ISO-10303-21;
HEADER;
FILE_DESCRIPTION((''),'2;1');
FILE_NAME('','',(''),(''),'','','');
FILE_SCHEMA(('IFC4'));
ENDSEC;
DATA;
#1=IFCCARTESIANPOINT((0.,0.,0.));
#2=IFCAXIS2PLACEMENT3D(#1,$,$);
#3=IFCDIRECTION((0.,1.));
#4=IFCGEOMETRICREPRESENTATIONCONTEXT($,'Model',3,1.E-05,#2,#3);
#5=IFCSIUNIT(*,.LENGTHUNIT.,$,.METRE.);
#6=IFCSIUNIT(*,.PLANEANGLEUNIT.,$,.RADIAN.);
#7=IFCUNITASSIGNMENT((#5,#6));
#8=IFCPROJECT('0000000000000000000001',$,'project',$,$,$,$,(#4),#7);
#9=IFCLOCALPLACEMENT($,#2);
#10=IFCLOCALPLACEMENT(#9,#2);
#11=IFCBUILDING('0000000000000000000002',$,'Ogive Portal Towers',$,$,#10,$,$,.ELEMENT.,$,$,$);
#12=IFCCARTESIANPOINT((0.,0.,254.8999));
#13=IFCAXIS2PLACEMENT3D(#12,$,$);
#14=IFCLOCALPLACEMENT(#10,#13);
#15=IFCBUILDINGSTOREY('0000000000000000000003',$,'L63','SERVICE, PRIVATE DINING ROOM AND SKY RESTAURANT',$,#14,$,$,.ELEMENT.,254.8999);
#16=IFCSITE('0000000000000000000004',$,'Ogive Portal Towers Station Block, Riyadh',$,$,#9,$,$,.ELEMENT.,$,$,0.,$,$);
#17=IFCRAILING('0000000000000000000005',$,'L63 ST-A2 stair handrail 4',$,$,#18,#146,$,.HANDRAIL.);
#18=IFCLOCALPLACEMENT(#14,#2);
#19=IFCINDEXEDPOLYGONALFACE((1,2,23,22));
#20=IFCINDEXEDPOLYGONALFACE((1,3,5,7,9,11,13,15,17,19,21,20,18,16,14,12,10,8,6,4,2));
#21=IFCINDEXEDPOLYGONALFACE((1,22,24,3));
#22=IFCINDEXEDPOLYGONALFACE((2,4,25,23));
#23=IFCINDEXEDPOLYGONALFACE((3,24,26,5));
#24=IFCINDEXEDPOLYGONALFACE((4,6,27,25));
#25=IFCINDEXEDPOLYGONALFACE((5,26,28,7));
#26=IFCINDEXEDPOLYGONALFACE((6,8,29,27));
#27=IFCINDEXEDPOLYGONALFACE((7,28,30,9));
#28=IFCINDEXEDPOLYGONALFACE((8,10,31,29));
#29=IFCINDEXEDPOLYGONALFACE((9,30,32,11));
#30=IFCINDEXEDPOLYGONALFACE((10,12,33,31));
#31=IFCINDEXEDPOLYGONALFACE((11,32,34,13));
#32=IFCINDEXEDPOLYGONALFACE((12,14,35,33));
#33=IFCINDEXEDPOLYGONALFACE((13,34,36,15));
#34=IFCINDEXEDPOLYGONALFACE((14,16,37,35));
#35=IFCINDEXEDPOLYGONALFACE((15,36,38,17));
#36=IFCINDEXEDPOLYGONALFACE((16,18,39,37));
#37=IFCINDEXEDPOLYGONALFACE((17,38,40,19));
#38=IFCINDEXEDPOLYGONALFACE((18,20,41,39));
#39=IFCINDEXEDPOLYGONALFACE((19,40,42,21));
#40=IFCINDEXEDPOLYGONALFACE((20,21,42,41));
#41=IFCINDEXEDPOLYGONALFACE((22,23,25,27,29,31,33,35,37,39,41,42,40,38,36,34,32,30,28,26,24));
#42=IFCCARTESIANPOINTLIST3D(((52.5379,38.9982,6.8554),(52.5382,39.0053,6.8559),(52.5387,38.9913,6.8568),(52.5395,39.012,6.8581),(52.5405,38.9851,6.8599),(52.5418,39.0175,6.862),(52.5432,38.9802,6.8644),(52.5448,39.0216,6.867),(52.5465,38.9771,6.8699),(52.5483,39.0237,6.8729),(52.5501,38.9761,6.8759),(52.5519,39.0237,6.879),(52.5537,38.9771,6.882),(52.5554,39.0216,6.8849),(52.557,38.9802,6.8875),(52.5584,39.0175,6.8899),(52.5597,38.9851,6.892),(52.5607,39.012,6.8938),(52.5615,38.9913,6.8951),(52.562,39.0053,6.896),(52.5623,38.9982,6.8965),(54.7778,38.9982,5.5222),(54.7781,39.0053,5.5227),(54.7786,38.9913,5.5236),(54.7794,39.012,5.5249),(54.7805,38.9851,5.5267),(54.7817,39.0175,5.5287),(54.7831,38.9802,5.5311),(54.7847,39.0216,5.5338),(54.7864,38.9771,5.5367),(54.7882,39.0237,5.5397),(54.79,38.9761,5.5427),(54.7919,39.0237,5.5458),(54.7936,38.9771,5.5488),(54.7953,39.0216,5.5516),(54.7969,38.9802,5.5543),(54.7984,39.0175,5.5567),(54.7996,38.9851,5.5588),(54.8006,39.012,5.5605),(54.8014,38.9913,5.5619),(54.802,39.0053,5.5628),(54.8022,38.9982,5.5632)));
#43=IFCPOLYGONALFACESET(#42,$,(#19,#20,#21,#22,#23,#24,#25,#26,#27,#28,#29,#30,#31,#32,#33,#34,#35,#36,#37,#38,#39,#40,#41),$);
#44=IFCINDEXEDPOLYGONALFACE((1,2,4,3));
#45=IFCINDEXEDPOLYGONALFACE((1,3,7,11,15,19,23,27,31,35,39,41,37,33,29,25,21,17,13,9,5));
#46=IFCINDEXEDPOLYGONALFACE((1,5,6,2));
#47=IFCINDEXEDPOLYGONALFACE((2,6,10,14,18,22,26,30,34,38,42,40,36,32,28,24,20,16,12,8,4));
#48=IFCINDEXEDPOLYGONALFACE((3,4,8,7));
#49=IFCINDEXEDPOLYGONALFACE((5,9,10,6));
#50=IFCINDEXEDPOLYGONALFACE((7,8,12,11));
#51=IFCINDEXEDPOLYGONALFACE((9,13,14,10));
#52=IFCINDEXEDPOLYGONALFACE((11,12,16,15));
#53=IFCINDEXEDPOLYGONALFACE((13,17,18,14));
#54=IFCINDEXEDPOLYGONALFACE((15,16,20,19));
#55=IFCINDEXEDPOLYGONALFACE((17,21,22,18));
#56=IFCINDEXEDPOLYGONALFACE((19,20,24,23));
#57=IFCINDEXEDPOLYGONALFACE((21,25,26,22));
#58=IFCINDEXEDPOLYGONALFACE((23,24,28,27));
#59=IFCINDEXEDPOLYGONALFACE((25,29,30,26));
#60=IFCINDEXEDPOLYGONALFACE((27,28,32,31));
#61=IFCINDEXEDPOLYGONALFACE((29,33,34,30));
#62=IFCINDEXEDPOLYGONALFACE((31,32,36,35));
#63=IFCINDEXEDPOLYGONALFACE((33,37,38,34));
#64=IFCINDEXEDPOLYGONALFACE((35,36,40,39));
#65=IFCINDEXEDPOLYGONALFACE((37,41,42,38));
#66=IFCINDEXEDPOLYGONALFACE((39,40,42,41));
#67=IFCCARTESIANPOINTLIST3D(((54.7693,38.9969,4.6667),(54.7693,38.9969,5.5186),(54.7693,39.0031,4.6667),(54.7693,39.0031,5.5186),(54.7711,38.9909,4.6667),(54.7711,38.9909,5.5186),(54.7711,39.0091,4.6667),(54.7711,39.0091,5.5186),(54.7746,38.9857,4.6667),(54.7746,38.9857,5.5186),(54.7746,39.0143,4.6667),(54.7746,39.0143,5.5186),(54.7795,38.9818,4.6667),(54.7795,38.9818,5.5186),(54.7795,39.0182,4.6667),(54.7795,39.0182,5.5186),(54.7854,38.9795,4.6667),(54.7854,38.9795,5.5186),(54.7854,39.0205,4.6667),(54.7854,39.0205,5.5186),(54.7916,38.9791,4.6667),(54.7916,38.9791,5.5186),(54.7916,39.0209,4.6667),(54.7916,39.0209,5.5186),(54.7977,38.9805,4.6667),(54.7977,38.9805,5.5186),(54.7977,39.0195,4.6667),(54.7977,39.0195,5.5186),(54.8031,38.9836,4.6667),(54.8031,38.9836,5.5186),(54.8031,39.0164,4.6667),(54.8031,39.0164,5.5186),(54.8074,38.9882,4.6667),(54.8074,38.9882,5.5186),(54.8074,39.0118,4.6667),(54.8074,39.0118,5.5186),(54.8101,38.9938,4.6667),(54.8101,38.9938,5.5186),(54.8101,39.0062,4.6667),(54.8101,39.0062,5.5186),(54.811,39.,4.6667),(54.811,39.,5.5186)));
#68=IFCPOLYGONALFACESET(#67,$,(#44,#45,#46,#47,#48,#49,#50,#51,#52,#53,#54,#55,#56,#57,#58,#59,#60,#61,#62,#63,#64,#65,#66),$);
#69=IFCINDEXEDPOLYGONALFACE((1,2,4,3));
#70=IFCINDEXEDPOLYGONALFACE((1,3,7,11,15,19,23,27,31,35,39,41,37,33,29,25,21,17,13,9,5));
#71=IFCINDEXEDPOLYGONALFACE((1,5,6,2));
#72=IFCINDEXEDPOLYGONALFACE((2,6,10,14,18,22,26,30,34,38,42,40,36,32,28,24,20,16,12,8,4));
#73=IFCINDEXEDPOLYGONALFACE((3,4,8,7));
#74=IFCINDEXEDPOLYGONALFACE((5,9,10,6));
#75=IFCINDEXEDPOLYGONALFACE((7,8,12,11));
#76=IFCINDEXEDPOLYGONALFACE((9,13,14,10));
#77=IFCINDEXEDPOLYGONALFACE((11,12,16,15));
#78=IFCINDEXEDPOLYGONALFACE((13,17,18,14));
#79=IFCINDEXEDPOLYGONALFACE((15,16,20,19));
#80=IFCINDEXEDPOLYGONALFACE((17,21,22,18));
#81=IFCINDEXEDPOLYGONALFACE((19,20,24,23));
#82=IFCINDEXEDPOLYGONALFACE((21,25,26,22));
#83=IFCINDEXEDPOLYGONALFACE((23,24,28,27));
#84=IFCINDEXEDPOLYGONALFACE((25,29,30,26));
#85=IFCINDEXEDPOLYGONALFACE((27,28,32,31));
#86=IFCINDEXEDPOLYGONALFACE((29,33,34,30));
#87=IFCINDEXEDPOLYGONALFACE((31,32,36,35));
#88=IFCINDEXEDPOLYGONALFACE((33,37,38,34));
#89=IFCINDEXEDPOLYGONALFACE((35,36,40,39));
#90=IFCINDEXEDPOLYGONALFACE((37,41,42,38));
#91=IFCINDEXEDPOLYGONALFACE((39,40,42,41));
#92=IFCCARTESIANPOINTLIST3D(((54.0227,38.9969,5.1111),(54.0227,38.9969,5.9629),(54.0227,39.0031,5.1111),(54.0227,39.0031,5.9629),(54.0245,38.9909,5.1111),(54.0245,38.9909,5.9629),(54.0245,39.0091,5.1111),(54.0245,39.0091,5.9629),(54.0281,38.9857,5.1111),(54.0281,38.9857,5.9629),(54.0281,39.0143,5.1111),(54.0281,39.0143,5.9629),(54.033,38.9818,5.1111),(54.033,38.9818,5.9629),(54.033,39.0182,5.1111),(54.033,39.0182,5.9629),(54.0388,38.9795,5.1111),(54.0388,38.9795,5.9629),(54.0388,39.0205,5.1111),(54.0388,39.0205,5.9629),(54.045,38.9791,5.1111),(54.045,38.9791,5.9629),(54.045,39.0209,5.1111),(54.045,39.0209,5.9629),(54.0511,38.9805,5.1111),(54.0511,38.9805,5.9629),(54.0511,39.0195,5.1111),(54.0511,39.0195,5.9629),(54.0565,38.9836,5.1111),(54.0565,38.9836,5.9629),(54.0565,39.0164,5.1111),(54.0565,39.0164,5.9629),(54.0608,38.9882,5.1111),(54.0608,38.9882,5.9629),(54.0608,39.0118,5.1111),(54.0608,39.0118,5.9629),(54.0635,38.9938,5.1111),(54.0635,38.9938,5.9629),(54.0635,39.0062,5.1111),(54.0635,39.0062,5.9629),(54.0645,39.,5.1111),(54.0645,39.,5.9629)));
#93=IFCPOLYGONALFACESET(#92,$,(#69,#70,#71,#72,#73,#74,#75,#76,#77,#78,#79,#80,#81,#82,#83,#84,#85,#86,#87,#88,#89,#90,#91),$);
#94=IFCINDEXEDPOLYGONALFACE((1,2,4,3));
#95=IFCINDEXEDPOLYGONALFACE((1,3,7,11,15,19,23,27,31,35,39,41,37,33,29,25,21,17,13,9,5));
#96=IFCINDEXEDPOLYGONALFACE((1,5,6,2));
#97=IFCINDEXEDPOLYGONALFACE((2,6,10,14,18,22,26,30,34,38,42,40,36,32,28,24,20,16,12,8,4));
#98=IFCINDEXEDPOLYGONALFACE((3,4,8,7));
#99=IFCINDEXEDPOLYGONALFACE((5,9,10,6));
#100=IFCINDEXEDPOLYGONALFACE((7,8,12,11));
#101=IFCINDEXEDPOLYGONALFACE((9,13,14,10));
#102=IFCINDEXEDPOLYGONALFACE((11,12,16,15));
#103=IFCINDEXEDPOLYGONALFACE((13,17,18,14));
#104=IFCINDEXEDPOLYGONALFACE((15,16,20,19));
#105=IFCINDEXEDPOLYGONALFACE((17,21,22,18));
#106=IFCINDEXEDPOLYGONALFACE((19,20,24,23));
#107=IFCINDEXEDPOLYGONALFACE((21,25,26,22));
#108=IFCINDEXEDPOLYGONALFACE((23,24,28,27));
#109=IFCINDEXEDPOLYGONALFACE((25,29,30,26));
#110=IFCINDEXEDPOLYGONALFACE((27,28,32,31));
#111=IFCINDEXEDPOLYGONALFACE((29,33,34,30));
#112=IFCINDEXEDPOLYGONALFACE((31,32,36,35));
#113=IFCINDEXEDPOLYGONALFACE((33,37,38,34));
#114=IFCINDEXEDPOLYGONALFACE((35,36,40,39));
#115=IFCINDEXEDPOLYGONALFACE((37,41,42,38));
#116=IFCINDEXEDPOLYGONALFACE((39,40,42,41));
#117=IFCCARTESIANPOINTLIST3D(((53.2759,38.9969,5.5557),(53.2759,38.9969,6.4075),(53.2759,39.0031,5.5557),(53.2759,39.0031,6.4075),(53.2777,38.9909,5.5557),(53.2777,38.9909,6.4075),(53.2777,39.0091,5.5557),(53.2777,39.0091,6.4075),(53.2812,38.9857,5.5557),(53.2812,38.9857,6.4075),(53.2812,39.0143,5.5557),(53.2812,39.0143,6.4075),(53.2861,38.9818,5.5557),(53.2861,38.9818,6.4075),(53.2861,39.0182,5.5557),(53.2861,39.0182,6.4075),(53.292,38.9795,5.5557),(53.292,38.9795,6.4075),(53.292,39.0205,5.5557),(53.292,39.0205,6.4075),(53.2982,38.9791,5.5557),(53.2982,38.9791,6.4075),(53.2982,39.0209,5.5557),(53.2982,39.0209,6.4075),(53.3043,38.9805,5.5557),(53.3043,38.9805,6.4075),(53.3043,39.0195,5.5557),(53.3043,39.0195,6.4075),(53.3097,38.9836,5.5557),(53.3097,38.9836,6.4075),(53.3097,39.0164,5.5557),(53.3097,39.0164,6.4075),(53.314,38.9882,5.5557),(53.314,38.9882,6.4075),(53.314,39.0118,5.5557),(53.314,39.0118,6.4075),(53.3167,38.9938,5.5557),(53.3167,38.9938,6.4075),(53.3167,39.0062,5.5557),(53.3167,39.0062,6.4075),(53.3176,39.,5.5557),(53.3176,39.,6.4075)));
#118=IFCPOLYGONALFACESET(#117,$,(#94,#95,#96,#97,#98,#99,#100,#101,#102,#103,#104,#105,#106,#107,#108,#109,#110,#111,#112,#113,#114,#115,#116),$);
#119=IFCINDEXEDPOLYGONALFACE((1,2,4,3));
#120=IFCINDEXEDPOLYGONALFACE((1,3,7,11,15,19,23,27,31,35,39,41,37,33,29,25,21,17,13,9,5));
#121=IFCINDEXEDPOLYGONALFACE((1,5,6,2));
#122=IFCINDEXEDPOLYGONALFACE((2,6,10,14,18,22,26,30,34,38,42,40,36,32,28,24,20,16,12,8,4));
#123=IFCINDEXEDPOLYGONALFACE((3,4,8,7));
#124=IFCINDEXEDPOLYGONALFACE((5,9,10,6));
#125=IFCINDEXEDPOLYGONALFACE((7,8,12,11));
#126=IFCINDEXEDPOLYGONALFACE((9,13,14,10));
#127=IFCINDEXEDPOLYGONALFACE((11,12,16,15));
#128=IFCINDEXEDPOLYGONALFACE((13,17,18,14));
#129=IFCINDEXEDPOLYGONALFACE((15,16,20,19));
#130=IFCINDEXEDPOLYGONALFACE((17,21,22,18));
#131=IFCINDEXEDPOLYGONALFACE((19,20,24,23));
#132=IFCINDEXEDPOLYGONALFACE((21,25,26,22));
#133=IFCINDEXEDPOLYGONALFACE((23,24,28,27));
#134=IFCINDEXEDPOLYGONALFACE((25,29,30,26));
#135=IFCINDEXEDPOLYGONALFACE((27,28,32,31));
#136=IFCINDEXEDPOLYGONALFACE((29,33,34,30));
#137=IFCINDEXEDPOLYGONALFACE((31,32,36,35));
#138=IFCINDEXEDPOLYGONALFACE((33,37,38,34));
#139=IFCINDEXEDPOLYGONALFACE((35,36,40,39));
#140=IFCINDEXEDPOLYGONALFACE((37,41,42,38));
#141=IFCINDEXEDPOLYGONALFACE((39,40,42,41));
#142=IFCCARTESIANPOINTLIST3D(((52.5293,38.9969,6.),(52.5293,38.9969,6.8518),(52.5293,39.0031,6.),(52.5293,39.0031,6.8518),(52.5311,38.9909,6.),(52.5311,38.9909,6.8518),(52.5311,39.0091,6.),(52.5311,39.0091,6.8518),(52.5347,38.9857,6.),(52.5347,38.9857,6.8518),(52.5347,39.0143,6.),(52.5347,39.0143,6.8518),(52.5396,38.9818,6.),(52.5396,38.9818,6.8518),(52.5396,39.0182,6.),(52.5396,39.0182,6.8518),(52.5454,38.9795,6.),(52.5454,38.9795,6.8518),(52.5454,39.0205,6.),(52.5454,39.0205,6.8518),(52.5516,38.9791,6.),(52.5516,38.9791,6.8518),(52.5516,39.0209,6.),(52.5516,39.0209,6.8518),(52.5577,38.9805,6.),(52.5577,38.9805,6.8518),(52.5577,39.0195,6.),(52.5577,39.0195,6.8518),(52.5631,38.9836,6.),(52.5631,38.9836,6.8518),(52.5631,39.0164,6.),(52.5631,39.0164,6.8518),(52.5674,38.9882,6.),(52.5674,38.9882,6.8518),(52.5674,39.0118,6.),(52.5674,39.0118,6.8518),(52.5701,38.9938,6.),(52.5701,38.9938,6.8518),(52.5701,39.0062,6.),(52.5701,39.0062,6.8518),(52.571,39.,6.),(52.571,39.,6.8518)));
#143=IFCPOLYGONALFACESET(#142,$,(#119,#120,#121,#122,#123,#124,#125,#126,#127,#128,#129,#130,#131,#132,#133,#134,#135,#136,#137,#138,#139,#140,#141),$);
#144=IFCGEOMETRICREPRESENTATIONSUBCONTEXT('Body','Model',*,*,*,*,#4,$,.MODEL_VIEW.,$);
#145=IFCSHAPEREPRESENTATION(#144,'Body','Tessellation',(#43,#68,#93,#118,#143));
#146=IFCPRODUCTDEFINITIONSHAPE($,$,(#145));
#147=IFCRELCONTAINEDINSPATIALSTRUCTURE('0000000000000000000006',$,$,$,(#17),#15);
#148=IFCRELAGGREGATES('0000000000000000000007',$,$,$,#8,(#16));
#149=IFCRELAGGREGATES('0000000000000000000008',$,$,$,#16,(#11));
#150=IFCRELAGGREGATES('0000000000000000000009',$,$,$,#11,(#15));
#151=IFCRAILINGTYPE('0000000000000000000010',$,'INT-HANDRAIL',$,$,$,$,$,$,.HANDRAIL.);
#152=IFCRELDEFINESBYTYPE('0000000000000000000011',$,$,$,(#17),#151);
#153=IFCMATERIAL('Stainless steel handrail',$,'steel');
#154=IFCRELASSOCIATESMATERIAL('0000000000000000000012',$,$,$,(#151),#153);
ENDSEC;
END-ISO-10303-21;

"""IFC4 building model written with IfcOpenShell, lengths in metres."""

from ifc_helpers import new_model, si_unit, direction, frame, origin, origin_2d, place, context, subcontext, project, spatial, circle, extrude, material, type_object, element, save


model = new_model("IFC4")

# Units and contexts
model_context = context("Model", 3, precision=1e-05, world=origin(), true_north=direction((0.0, 1.0)))
body_context = subcontext(model_context, "Body", "Model", "MODEL_VIEW")
ifc_project = project(units=[si_unit("LENGTHUNIT", "METRE"), si_unit("PLANEANGLEUNIT", "RADIAN")], contexts=[model_context])

# Site, building, storey
site_placement = place(None, origin())
site = spatial("IfcSite", under=ifc_project, at=site_placement, Name="Ogive Portal Towers Station Block, Riyadh", CompositionType="ELEMENT", RefElevation=0.0)
building_placement = place(site_placement, origin())
building = spatial("IfcBuilding", under=site, at=building_placement, Name="Ogive Portal Towers", CompositionType="ELEMENT")
storey_placement = place(building_placement, frame((0.0, 0.0, 254.8999)))
storey = spatial("IfcBuildingStorey", under=building, at=storey_placement, Name="L63", Description="SERVICE, PRIVATE DINING ROOM AND SKY RESTAURANT", CompositionType="ELEMENT", Elevation=254.8999)

# Railing
ifc_material_1 = material(Name="Stainless steel handrail", Category="steel")
railing_type_1 = type_object("IfcRailingType", Name="INT-HANDRAIL", PredefinedType="HANDRAIL", material=ifc_material_1)
railing_1_placement = place(storey_placement, frame((54.79, 39.0, 4.6667)))
element("IfcRailing", 1, at=railing_1_placement, inside=storey, type_object=railing_type_1, Name="L63 ST-A2 stair handrail 4", PredefinedType="HANDRAIL", context=body_context, shape_type="SweptSolid", body=[
    extrude(circle(Radius=0.0239, at=origin_2d()), frame((0.0, 0.0, 0.876), z_axis=(-0.859306, 0.0, 0.511462), x_axis=(0.0, -1.0, 0.0)), (0.0, 0.0, 1.0), 2.6067),
    extrude(circle(Radius=0.021, at=origin_2d()), origin(), (0.0, 0.0, 1.0), 0.8518),
    extrude(circle(Radius=0.021, at=origin_2d()), frame((-0.7466, 0.0, 0.4443)), (0.0, 0.0, 1.0), 0.8518),
    extrude(circle(Radius=0.021, at=origin_2d()), frame((-1.4934, 0.0, 0.8889)), (0.0, 0.0, 1.0), 0.8518),
    extrude(circle(Radius=0.021, at=origin_2d()), frame((-2.24, 0.0, 1.3333)), (0.0, 0.0, 1.0), 0.8518),
])

save(model, "model.ifc")
